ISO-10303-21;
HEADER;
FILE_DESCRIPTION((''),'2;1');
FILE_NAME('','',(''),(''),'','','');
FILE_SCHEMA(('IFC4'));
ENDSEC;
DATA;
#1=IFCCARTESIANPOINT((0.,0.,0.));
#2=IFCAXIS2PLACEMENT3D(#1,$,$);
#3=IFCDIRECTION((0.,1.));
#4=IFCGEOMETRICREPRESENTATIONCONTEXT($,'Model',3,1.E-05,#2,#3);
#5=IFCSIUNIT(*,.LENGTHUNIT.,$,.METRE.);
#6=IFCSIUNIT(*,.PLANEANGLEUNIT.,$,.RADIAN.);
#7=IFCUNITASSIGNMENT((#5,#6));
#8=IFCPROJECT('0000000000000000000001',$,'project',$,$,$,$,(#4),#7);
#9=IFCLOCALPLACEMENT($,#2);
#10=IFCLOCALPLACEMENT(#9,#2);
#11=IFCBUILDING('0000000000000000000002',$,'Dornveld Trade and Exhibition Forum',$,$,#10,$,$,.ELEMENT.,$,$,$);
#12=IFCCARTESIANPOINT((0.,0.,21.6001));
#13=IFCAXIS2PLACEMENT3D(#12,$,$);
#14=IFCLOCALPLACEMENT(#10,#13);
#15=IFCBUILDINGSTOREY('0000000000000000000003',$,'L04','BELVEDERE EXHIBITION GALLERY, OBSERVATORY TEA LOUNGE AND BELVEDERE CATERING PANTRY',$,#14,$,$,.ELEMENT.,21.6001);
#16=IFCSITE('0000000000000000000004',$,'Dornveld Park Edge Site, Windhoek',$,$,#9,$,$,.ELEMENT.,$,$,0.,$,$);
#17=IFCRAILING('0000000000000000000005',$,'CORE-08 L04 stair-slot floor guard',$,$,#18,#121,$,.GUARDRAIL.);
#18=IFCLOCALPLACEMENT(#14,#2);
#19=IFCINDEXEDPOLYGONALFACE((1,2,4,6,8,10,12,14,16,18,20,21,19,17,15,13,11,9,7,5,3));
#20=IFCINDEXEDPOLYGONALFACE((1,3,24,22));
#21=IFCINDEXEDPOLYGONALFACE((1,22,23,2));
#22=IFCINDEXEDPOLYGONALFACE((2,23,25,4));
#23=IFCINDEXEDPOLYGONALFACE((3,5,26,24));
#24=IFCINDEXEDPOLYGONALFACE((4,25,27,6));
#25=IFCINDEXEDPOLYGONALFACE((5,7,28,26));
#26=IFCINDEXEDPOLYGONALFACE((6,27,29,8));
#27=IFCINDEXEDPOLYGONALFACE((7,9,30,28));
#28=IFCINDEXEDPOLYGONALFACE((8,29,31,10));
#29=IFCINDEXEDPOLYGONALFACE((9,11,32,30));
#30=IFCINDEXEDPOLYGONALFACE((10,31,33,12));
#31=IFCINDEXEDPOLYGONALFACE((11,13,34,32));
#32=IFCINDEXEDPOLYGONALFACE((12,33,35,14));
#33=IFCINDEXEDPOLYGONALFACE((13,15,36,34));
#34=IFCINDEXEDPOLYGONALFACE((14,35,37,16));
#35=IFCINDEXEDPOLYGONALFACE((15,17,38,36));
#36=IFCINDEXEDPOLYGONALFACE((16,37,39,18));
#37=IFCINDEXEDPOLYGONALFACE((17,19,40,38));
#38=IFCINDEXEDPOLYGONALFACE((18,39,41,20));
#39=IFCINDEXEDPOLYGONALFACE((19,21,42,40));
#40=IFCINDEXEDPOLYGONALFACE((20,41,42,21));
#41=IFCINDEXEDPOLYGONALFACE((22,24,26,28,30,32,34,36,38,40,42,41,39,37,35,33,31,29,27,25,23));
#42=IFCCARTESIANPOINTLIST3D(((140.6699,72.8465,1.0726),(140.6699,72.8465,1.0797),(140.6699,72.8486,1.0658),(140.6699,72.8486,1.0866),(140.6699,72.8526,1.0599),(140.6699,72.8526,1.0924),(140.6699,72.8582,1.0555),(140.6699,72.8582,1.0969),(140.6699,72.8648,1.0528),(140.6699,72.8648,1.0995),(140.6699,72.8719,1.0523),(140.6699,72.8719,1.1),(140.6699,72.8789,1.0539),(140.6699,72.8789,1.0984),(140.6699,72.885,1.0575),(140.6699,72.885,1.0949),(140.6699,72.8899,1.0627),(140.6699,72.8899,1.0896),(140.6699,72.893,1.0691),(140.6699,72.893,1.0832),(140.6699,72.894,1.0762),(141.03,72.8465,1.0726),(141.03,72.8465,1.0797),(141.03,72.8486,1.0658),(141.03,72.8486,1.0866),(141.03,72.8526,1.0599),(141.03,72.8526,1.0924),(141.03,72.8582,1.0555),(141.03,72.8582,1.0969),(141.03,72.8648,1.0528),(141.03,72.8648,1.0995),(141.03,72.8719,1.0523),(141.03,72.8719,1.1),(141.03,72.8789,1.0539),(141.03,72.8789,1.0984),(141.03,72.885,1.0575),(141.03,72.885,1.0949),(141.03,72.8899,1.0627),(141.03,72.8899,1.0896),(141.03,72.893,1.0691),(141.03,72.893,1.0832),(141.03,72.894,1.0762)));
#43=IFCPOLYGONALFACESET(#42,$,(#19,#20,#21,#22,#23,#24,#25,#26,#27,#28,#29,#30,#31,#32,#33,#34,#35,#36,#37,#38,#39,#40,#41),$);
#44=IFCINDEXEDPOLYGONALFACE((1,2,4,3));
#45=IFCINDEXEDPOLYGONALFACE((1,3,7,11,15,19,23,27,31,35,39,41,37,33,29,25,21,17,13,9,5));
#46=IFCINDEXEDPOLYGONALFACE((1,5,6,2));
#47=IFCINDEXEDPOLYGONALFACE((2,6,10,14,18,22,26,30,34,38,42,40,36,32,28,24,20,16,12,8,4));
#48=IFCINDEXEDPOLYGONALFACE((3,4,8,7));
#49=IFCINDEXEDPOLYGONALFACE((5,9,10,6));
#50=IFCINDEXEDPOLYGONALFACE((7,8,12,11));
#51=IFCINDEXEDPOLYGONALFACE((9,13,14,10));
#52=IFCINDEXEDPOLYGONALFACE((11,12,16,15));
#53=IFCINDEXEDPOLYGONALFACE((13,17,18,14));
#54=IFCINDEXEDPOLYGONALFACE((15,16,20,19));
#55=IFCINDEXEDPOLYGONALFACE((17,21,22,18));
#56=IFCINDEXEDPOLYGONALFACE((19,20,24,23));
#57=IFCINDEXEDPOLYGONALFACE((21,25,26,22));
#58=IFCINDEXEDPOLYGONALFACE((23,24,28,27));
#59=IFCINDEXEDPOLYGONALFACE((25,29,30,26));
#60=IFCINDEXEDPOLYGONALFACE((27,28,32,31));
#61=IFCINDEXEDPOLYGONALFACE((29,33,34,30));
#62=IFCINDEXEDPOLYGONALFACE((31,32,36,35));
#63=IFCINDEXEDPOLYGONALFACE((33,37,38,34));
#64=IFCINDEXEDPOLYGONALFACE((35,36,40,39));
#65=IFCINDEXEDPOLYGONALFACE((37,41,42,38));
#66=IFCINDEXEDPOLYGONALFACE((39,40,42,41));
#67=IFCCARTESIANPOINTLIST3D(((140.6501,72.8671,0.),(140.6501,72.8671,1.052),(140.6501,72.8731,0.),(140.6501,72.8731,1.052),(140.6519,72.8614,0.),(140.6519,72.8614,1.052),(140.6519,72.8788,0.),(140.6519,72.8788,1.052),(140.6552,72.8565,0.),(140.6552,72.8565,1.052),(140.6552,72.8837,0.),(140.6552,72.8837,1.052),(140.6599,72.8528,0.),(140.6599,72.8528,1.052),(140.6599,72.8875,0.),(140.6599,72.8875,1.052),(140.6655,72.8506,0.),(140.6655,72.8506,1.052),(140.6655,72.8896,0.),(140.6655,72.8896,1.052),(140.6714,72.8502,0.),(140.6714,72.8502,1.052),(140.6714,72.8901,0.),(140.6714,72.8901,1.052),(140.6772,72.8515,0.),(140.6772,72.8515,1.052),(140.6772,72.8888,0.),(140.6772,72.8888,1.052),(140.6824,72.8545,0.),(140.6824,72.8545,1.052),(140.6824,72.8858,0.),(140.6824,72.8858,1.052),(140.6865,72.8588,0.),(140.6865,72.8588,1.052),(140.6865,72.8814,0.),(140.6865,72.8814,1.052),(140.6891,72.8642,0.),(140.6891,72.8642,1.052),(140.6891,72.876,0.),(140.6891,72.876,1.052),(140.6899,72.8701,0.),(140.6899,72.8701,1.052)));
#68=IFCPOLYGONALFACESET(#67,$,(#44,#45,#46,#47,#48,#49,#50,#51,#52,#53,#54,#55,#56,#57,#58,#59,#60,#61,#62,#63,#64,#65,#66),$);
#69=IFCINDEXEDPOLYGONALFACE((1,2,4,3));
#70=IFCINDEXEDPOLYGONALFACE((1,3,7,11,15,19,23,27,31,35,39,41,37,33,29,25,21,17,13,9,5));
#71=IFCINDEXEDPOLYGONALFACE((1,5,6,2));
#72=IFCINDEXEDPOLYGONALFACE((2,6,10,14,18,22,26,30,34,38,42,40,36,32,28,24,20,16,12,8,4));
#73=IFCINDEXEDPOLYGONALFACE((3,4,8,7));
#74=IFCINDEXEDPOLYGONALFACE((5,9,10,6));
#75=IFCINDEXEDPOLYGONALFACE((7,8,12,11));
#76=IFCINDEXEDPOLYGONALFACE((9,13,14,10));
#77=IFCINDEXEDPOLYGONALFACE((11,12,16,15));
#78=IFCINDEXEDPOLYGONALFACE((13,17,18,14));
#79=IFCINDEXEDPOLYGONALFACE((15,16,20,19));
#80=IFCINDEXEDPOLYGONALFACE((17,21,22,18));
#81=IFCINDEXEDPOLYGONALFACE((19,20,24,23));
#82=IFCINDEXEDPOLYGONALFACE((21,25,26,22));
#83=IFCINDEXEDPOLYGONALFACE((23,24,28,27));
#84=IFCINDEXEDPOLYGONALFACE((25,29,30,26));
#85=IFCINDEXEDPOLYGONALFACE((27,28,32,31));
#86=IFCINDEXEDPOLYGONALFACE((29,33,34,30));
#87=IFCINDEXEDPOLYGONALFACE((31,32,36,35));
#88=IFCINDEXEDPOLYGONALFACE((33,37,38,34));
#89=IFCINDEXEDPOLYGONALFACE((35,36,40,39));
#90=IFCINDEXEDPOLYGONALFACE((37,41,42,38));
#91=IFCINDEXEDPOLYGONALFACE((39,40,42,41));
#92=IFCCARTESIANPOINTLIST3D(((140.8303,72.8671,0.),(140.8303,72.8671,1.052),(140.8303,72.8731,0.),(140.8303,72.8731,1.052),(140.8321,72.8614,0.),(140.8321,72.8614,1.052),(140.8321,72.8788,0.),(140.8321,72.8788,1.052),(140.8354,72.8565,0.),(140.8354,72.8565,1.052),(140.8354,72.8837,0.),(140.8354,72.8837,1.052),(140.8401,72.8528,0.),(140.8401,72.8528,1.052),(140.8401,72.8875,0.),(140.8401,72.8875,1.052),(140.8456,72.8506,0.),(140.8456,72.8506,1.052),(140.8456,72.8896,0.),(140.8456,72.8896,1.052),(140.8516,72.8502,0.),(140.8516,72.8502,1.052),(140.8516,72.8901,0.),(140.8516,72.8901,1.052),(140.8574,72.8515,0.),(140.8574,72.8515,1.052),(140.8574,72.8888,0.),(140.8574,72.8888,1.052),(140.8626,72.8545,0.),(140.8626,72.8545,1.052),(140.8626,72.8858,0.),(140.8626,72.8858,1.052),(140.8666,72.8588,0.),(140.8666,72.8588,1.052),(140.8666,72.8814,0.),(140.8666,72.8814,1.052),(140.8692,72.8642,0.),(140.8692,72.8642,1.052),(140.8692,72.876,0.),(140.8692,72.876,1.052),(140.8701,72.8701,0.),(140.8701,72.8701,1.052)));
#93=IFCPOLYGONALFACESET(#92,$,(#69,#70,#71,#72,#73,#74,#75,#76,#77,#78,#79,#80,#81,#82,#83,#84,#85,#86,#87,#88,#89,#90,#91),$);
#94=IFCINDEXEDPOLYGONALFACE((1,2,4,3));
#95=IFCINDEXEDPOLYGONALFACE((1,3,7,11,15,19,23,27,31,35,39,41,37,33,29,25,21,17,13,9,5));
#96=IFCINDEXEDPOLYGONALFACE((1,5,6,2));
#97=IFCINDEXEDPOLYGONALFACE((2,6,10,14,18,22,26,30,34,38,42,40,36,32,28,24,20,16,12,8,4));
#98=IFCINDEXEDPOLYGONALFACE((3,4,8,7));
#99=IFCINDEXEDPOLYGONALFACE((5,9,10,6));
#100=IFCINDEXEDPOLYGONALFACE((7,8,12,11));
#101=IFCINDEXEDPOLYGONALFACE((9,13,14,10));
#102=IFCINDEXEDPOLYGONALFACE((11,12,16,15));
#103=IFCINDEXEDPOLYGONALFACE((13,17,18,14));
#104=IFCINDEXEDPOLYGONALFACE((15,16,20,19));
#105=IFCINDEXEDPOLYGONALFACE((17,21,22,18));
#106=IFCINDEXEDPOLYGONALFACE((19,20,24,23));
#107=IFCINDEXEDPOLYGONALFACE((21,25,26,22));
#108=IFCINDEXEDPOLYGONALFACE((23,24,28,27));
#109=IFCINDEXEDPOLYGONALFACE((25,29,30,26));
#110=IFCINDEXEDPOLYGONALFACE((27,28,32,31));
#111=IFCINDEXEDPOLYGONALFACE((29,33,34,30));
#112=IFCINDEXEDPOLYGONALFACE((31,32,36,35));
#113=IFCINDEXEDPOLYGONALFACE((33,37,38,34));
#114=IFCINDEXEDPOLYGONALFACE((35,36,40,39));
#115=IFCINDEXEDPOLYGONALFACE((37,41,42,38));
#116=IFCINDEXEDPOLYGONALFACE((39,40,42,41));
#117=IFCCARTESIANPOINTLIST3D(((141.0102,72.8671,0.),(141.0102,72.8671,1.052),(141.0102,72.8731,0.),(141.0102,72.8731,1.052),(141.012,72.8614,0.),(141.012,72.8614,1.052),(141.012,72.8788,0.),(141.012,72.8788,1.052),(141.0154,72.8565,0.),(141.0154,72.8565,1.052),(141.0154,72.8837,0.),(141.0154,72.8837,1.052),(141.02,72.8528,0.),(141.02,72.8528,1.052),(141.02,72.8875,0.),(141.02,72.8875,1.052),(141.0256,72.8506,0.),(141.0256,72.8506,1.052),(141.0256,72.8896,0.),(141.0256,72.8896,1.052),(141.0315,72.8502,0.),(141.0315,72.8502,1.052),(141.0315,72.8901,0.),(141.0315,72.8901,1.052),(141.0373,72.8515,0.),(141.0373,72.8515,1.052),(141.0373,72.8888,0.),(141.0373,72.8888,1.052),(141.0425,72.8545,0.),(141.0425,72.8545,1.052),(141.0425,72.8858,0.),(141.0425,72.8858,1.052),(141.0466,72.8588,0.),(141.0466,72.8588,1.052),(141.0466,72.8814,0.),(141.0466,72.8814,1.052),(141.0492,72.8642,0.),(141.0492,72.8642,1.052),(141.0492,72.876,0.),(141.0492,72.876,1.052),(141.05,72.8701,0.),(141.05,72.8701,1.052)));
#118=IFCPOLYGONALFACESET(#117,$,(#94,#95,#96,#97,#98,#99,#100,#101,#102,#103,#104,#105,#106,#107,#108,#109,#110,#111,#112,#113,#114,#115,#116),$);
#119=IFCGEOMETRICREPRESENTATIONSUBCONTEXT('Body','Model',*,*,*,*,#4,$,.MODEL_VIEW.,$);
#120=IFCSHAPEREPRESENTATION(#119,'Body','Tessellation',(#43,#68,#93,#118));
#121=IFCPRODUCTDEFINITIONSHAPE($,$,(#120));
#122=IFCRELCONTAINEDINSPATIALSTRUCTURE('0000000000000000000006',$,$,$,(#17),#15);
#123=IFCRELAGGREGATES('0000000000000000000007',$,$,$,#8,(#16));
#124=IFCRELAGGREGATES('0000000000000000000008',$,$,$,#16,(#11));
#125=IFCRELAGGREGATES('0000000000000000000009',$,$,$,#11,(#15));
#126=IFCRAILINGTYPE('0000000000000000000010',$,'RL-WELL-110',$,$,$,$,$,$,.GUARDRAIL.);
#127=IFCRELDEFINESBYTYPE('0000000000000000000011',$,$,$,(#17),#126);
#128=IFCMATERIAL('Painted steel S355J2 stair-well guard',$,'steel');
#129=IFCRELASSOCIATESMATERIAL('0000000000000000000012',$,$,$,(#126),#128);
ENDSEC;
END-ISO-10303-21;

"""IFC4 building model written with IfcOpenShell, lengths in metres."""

from ifc_helpers import new_model, si_unit, direction, frame, origin, origin_2d, place, context, subcontext, project, spatial, circle, extrude, material, type_object, element, save


model = new_model("IFC4")

# Units and contexts
model_context = context("Model", 3, precision=1e-05, world=origin(), true_north=direction((0.0, 1.0)))
body_context = subcontext(model_context, "Body", "Model", "MODEL_VIEW")
ifc_project = project(units=[si_unit("LENGTHUNIT", "METRE"), si_unit("PLANEANGLEUNIT", "RADIAN")], contexts=[model_context])

# Site, building, storey
site_placement = place(None, origin())
site = spatial("IfcSite", under=ifc_project, at=site_placement, Name="Dornveld Park Edge Site, Windhoek", CompositionType="ELEMENT", RefElevation=0.0)
building_placement = place(site_placement, origin())
building = spatial("IfcBuilding", under=site, at=building_placement, Name="Dornveld Trade and Exhibition Forum", CompositionType="ELEMENT")
storey_placement = place(building_placement, frame((0.0, 0.0, 21.6001)))
storey = spatial("IfcBuildingStorey", under=building, at=storey_placement, Name="L04", Description="BELVEDERE EXHIBITION GALLERY, OBSERVATORY TEA LOUNGE AND BELVEDERE CATERING PANTRY", CompositionType="ELEMENT", Elevation=21.6001)

# Railing
ifc_material_1 = material(Name="Painted steel S355J2 stair-well guard", Category="steel")
railing_type_1 = type_object("IfcRailingType", Name="RL-WELL-110", PredefinedType="GUARDRAIL", material=ifc_material_1)
railing_1_placement = place(storey_placement, frame((140.6699, 72.8701, 0.0)))
element("IfcRailing", 1, at=railing_1_placement, inside=storey, type_object=railing_type_1, Name="CORE-08 L04 stair-slot floor guard", PredefinedType="GUARDRAIL", context=body_context, shape_type="SweptSolid", body=[
    extrude(circle(Radius=0.0239, at=origin_2d()), frame((0.0, 0.0, 1.0762), z_axis=(1.0, 0.0, 0.0), x_axis=(0.0, 1.0, 0.0)), (0.0, 0.0, 1.0), 0.3601),
    extrude(circle(Radius=0.02, at=origin_2d()), origin(), (0.0, 0.0, 1.0), 1.052),
    extrude(circle(Radius=0.02, at=origin_2d()), frame((0.1802, 0.0, 0.0)), (0.0, 0.0, 1.0), 1.052),
    extrude(circle(Radius=0.02, at=origin_2d()), frame((0.3601, 0.0, 0.0)), (0.0, 0.0, 1.0), 1.052),
])

save(model, "model.ifc")
